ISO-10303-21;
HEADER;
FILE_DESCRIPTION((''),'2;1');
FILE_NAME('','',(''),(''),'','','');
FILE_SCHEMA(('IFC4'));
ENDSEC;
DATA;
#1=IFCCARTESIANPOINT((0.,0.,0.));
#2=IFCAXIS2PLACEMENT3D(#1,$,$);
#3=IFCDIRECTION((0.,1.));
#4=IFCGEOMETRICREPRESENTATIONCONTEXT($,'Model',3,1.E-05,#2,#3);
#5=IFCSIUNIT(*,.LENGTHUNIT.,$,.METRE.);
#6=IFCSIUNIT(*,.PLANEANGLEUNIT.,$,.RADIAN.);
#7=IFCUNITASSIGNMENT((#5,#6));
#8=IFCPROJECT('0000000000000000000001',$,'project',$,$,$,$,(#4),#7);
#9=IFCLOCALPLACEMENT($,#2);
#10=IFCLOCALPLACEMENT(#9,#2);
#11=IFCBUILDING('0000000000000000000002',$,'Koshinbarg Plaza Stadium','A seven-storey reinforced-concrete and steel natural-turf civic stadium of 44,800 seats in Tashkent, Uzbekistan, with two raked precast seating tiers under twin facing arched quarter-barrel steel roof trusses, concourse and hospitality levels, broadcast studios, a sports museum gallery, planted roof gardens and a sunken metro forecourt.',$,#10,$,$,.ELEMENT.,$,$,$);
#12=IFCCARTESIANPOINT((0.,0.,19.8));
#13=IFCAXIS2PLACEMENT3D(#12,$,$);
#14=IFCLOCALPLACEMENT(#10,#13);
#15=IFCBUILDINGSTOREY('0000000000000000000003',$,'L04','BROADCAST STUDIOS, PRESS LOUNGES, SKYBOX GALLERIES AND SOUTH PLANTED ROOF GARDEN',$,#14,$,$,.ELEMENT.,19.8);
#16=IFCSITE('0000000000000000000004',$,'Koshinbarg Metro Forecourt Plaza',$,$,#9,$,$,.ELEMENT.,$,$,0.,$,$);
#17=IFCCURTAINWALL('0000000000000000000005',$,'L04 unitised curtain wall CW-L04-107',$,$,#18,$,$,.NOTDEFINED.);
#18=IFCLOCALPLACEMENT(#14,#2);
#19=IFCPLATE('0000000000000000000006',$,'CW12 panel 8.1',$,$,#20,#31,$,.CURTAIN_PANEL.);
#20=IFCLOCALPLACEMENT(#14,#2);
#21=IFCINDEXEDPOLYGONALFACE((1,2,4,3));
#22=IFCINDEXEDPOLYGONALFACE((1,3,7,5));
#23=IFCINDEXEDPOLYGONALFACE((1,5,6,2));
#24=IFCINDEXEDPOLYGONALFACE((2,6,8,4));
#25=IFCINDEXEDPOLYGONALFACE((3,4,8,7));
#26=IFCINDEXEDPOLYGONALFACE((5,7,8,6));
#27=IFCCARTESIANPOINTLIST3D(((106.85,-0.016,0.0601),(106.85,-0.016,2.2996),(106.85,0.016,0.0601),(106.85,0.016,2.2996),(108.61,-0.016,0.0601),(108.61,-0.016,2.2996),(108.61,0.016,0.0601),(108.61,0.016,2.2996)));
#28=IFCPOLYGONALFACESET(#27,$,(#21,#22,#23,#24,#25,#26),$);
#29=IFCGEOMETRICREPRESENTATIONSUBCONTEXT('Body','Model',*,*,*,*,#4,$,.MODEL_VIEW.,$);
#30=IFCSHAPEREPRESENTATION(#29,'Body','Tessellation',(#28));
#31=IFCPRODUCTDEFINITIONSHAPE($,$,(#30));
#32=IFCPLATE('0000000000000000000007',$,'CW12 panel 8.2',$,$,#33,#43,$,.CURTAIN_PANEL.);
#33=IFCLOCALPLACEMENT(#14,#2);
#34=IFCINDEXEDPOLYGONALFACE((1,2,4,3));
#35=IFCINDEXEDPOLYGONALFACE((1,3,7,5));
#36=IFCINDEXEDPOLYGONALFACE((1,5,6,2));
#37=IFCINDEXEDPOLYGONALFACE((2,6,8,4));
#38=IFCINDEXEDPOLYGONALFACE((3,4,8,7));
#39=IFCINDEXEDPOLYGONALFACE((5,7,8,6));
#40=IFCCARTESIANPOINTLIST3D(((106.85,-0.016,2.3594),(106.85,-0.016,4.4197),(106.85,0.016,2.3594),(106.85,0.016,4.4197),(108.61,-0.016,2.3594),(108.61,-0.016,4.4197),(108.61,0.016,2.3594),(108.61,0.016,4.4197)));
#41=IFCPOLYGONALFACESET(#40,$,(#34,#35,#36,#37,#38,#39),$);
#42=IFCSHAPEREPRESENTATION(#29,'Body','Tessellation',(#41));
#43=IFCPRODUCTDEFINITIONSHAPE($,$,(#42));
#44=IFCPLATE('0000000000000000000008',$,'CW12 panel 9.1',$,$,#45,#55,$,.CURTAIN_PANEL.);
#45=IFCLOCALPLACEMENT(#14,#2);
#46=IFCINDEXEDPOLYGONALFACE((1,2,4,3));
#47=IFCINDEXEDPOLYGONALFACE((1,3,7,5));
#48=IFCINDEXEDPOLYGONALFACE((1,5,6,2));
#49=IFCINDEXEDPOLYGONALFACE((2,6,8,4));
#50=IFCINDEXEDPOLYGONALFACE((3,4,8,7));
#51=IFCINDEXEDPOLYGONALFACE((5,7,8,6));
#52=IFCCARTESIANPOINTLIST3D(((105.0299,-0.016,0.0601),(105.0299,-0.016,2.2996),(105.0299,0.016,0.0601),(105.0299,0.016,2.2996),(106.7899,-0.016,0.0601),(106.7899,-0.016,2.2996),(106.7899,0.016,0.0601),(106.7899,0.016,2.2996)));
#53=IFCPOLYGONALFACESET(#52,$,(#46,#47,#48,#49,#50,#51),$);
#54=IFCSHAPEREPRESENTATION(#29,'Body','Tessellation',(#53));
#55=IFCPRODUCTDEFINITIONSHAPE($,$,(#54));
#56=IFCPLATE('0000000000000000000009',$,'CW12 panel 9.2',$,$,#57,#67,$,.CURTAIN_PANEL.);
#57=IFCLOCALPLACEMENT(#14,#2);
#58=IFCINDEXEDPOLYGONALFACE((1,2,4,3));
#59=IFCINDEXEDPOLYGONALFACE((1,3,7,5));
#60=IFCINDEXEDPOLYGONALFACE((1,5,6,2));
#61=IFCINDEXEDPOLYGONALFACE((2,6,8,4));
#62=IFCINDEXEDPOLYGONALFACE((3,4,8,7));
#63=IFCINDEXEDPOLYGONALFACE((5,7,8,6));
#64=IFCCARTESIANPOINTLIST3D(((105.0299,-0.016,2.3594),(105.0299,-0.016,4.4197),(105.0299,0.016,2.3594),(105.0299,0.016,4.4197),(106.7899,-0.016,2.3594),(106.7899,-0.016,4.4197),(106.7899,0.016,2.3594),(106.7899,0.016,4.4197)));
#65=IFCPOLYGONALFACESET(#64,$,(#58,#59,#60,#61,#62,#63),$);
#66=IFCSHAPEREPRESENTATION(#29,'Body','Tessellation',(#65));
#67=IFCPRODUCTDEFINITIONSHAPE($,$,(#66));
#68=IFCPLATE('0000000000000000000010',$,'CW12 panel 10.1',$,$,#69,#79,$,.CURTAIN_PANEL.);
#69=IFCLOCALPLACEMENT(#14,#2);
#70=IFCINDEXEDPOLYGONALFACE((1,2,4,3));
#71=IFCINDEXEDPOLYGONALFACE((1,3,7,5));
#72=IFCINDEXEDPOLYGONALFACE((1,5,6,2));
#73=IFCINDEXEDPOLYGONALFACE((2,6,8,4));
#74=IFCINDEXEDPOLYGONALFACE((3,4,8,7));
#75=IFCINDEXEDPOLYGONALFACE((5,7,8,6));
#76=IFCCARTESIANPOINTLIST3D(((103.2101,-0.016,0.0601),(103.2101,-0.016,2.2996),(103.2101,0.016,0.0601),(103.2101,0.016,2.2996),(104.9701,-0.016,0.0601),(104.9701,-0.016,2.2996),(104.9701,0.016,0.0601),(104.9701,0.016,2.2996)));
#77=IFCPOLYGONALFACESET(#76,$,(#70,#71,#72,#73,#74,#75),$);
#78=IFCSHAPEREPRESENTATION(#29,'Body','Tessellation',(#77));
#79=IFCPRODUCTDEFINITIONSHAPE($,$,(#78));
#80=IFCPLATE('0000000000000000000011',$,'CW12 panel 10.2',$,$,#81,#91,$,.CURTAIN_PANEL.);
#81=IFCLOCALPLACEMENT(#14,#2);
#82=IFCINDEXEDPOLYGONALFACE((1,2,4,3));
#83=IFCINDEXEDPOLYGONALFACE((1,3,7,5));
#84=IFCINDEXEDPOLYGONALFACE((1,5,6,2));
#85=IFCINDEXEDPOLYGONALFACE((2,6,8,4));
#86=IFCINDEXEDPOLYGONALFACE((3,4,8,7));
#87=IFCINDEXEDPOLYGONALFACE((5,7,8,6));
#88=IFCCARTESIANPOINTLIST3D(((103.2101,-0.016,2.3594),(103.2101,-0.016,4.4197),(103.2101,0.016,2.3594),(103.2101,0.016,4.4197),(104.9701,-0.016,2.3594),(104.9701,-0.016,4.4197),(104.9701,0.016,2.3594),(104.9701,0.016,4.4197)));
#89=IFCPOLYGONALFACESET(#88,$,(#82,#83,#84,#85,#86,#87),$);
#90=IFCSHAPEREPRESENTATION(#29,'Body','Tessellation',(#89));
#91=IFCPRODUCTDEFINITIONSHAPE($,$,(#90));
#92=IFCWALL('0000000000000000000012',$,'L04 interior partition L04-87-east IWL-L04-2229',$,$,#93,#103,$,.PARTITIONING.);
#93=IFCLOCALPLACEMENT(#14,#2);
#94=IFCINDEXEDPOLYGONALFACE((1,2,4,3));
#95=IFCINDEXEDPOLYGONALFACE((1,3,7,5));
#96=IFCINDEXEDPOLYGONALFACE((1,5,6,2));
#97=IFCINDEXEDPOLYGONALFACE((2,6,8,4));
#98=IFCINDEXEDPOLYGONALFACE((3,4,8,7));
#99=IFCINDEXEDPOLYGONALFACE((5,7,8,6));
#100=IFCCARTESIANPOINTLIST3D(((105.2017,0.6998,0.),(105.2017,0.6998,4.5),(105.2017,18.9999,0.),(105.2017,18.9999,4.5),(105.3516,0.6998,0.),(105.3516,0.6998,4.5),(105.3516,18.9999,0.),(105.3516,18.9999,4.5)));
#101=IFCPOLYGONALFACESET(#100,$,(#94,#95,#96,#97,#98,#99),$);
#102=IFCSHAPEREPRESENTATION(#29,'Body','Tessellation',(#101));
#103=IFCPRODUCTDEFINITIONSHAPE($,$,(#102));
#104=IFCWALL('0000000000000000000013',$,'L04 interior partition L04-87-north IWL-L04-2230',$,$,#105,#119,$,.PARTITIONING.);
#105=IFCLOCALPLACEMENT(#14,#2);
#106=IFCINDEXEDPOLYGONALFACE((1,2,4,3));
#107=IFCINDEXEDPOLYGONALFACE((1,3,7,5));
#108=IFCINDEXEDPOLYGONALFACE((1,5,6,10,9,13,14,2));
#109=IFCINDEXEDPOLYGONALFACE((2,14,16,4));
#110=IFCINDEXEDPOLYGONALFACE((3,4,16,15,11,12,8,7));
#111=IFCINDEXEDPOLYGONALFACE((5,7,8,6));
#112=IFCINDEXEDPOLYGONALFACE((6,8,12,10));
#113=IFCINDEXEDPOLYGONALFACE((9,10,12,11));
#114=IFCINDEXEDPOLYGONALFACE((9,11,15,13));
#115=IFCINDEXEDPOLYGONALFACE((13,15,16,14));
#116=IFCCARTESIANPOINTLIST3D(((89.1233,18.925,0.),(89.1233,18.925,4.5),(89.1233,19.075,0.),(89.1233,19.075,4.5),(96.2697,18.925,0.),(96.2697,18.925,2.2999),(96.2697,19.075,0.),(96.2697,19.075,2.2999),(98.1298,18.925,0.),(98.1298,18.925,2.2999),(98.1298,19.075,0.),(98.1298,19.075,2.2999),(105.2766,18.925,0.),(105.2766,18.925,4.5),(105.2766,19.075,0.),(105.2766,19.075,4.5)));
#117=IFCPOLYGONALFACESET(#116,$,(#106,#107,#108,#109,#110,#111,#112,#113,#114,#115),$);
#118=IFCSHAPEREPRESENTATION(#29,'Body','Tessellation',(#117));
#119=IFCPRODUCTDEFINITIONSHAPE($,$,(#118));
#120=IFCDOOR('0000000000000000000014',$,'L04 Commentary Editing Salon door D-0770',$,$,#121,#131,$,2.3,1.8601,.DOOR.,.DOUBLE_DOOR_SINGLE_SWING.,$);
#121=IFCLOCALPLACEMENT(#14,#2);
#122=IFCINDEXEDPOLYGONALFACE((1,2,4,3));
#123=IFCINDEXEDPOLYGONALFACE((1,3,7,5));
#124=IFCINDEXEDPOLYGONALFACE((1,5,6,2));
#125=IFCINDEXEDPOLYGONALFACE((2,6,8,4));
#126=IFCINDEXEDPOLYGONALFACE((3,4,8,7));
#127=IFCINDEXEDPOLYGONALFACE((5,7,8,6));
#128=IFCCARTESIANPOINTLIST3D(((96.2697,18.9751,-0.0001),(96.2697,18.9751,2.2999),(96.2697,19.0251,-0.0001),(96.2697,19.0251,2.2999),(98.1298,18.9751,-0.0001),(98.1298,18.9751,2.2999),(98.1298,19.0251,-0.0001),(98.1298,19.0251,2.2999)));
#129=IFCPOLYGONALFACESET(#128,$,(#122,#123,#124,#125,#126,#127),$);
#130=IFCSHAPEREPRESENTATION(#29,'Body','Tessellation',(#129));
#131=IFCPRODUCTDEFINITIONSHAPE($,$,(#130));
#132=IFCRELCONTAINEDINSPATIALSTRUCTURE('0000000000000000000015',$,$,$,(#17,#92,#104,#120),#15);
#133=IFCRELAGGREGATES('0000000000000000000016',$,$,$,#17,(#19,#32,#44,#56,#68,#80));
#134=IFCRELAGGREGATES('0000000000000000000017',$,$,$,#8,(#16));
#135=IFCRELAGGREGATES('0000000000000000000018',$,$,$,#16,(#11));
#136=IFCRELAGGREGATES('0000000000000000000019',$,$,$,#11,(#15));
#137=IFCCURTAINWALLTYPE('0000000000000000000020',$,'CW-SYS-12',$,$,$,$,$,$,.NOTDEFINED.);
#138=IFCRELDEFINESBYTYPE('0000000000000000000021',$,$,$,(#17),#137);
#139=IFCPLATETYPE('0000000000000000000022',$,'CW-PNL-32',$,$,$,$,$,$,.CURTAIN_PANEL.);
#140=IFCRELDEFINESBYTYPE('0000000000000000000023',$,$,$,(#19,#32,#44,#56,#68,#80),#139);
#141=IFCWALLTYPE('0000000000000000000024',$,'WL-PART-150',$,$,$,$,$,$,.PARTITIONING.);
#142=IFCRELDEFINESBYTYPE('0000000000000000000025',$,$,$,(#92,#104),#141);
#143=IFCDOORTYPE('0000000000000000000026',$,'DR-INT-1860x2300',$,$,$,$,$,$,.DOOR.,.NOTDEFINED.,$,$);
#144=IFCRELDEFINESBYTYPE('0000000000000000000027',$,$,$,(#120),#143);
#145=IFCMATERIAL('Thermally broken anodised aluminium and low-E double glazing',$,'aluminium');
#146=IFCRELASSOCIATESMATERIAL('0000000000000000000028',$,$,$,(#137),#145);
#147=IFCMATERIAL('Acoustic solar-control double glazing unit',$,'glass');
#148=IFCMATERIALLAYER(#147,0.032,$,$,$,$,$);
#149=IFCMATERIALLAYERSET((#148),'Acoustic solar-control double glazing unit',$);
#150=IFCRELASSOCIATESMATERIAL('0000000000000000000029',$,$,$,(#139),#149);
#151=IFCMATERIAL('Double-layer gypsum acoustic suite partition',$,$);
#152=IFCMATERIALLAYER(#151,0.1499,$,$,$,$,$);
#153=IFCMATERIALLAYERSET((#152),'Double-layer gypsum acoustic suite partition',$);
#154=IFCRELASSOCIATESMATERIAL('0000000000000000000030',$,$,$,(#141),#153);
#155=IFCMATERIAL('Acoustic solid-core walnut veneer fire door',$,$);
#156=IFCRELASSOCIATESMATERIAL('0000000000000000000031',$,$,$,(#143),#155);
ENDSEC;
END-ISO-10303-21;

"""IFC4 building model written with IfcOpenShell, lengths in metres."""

from ifc_helpers import new_model, si_unit, direction, frame, frame_2d, origin, origin_2d, place, context, subcontext, project, spatial, rectangle, extrude, material, layer, layer_set, type_object, element, fill, aggregate, save


model = new_model("IFC4")

# Units and contexts
model_context = context("Model", 3, precision=1e-05, world=origin(), true_north=direction((0.0, 1.0)))
body_context = subcontext(model_context, "Body", "Model", "MODEL_VIEW")
ifc_project = project(units=[si_unit("LENGTHUNIT", "METRE"), si_unit("PLANEANGLEUNIT", "RADIAN")], contexts=[model_context])

# Site, building, storey
site_placement = place(None, origin())
site = spatial("IfcSite", under=ifc_project, at=site_placement, Name="Koshinbarg Metro Forecourt Plaza", CompositionType="ELEMENT", RefElevation=0.0)
building_placement = place(site_placement, origin())
building = spatial("IfcBuilding", under=site, at=building_placement, Name="Koshinbarg Plaza Stadium", Description="A seven-storey reinforced-concrete and steel natural-turf civic stadium of 44,800 seats in Tashkent, Uzbekistan, with two raked precast seating tiers under twin facing arched quarter-barrel steel roof trusses, concourse and hospitality levels, broadcast studios, a sports museum gallery, planted roof gardens and a sunken metro forecourt.", CompositionType="ELEMENT")
storey_placement = place(building_placement, frame((0.0, 0.0, 19.8)))
storey = spatial("IfcBuildingStorey", under=building, at=storey_placement, Name="L04", Description="BROADCAST STUDIOS, PRESS LOUNGES, SKYBOX GALLERIES AND SOUTH PLANTED ROOF GARDEN", CompositionType="ELEMENT", Elevation=19.8)

# Curtain wall, plates
ifc_material_1 = material(Name="Thermally broken anodised aluminium and low-E double glazing", Category="aluminium")
curtain_wall_type = type_object("IfcCurtainWallType", Name="CW-SYS-12", PredefinedType="NOTDEFINED", material=ifc_material_1)
curtain_wall_placement = place(storey_placement, origin())
curtain_wall = element("IfcCurtainWall", 1, at=curtain_wall_placement, inside=storey, type_object=curtain_wall_type, Name="L04 unitised curtain wall CW-L04-107", PredefinedType="NOTDEFINED")
ifc_material_2 = material(Name="Acoustic solar-control double glazing unit", Category="glass")
ifc_layer_1 = layer(ifc_material_2, 0.032)
ifc_layer_set_1 = layer_set([ifc_layer_1], Name="Acoustic solar-control double glazing unit")
plate_type = type_object("IfcPlateType", Name="CW-PNL-32", PredefinedType="CURTAIN_PANEL", material=ifc_layer_set_1)
plate_1_placement = place(storey_placement, frame((107.73, 0.0, 0.0601), z_axis=(0.0, 0.0, 1.0), x_axis=(-1.0, 0.0, 0.0)))
plate_1 = element("IfcPlate", 2, at=plate_1_placement, type_object=plate_type, Name="CW12 panel 8.1", PredefinedType="CURTAIN_PANEL", context=body_context, shape_type="SweptSolid", body=[
    extrude(rectangle(XDim=1.76, YDim=0.032, at=origin_2d()), origin(), (0.0, 0.0, 1.0), 2.2395),
])
plate_2_placement = place(storey_placement, frame((107.73, 0.0, 2.3594), z_axis=(0.0, 0.0, 1.0), x_axis=(-1.0, 0.0, 0.0)))
plate_2 = element("IfcPlate", 3, at=plate_2_placement, type_object=plate_type, Name="CW12 panel 8.2", PredefinedType="CURTAIN_PANEL", context=body_context, shape_type="SweptSolid", body=[
    extrude(rectangle(XDim=1.76, YDim=0.032, at=origin_2d()), origin(), (0.0, 0.0, 1.0), 2.0603),
])
plate_3_placement = place(storey_placement, frame((105.9099, 0.0, 0.0601), z_axis=(0.0, 0.0, 1.0), x_axis=(-1.0, 0.0, 0.0)))
plate_3 = element("IfcPlate", 4, at=plate_3_placement, type_object=plate_type, Name="CW12 panel 9.1", PredefinedType="CURTAIN_PANEL", context=body_context, shape_type="SweptSolid", body=[
    extrude(rectangle(XDim=1.76, YDim=0.032, at=origin_2d()), origin(), (0.0, 0.0, 1.0), 2.2395),
])
plate_4_placement = place(storey_placement, frame((105.9099, 0.0, 2.3594), z_axis=(0.0, 0.0, 1.0), x_axis=(-1.0, 0.0, 0.0)))
plate_4 = element("IfcPlate", 5, at=plate_4_placement, type_object=plate_type, Name="CW12 panel 9.2", PredefinedType="CURTAIN_PANEL", context=body_context, shape_type="SweptSolid", body=[
    extrude(rectangle(XDim=1.76, YDim=0.032, at=origin_2d()), origin(), (0.0, 0.0, 1.0), 2.0603),
])
plate_5_placement = place(storey_placement, frame((104.0901, 0.0, 0.0601), z_axis=(0.0, 0.0, 1.0), x_axis=(-1.0, 0.0, 0.0)))
plate_5 = element("IfcPlate", 6, at=plate_5_placement, type_object=plate_type, Name="CW12 panel 10.1", PredefinedType="CURTAIN_PANEL", context=body_context, shape_type="SweptSolid", body=[
    extrude(rectangle(XDim=1.76, YDim=0.032, at=origin_2d()), origin(), (0.0, 0.0, 1.0), 2.2395),
])
plate_6_placement = place(storey_placement, frame((104.0901, 0.0, 2.3594), z_axis=(0.0, 0.0, 1.0), x_axis=(-1.0, 0.0, 0.0)))
plate_6 = element("IfcPlate", 7, at=plate_6_placement, type_object=plate_type, Name="CW12 panel 10.2", PredefinedType="CURTAIN_PANEL", context=body_context, shape_type="SweptSolid", body=[
    extrude(rectangle(XDim=1.76, YDim=0.032, at=origin_2d()), origin(), (0.0, 0.0, 1.0), 2.0603),
])
aggregate(curtain_wall, [plate_1, plate_2, plate_3, plate_4, plate_5, plate_6])

# Wall
ifc_material_3 = material(Name="Double-layer gypsum acoustic suite partition")
ifc_layer_2 = layer(ifc_material_3, 0.1499)
ifc_layer_set_2 = layer_set([ifc_layer_2], Name="Double-layer gypsum acoustic suite partition")
wall_type = type_object("IfcWallType", Name="WL-PART-150", PredefinedType="PARTITIONING", material=ifc_layer_set_2)
wall_1_placement = place(storey_placement, frame((105.2766, 0.7, 0.0), z_axis=(0.0, 0.0, 1.0), x_axis=(0.0, 1.0, 0.0)))
element("IfcWall", 8, at=wall_1_placement, inside=storey, type_object=wall_type, Name="L04 interior partition L04-87-east IWL-L04-2229", PredefinedType="PARTITIONING", context=body_context, shape_type="SweptSolid", body=[
    extrude(rectangle(XDim=18.3, YDim=0.1499, at=frame_2d((9.1499, 0.0))), origin(), (0.0, 0.0, 1.0), 4.5),
])

# Wall, opening, door
wall_2_placement = place(storey_placement, frame((105.2766, 19.0, 0.0), z_axis=(0.0, 0.0, 1.0), x_axis=(-1.0, 0.0, 0.0)))
wall_2 = element("IfcWall", 9, at=wall_2_placement, inside=storey, type_object=wall_type, Name="L04 interior partition L04-87-north IWL-L04-2230", PredefinedType="PARTITIONING", context=body_context, shape_type="SweptSolid", body=[
    extrude(rectangle(XDim=16.1533, YDim=0.1499, at=frame_2d((8.0767, 0.0))), origin(), (0.0, 0.0, 1.0), 4.5),
])
opening_placement = place(wall_2_placement, frame((7.1467, 0.0, 0.0)))
opening = element("IfcOpeningElement", 10, at=opening_placement, cuts=wall_2, PredefinedType="OPENING", context=body_context, shape_type="SweptSolid", body=[
    extrude(rectangle(XDim=1.8601, YDim=2.3, at=frame_2d((0.9302, 1.1499))), frame((0.0, 0.085, 0.0), z_axis=(0.0, -1.0, 0.0), x_axis=(1.0, 0.0, 0.0)), (0.0, 0.0, 1.0), 0.1699),
])
ifc_material_4 = material(Name="Acoustic solid-core walnut veneer fire door")
door_type = type_object("IfcDoorType", Name="DR-INT-1860x2300", OperationType="NOTDEFINED", PredefinedType="DOOR", material=ifc_material_4)
door_placement = place(opening_placement, origin())
door = element("IfcDoor", 11, at=door_placement, inside=storey, type_object=door_type, Name="L04 Commentary Editing Salon door D-0770", OperationType="DOUBLE_DOOR_SINGLE_SWING", OverallHeight=2.3, OverallWidth=1.8601, PredefinedType="DOOR", context=body_context, shape_type="SweptSolid", body=[
    extrude(rectangle(XDim=1.8601, YDim=2.3, at=frame_2d((0.9302, 1.1499))), frame((0.0, 0.0249, 0.0), z_axis=(0.0, -1.0, 0.0), x_axis=(1.0, 0.0, 0.0)), (0.0, 0.0, 1.0), 0.05),
])
fill(opening, door)

save(model, "model.ifc")
